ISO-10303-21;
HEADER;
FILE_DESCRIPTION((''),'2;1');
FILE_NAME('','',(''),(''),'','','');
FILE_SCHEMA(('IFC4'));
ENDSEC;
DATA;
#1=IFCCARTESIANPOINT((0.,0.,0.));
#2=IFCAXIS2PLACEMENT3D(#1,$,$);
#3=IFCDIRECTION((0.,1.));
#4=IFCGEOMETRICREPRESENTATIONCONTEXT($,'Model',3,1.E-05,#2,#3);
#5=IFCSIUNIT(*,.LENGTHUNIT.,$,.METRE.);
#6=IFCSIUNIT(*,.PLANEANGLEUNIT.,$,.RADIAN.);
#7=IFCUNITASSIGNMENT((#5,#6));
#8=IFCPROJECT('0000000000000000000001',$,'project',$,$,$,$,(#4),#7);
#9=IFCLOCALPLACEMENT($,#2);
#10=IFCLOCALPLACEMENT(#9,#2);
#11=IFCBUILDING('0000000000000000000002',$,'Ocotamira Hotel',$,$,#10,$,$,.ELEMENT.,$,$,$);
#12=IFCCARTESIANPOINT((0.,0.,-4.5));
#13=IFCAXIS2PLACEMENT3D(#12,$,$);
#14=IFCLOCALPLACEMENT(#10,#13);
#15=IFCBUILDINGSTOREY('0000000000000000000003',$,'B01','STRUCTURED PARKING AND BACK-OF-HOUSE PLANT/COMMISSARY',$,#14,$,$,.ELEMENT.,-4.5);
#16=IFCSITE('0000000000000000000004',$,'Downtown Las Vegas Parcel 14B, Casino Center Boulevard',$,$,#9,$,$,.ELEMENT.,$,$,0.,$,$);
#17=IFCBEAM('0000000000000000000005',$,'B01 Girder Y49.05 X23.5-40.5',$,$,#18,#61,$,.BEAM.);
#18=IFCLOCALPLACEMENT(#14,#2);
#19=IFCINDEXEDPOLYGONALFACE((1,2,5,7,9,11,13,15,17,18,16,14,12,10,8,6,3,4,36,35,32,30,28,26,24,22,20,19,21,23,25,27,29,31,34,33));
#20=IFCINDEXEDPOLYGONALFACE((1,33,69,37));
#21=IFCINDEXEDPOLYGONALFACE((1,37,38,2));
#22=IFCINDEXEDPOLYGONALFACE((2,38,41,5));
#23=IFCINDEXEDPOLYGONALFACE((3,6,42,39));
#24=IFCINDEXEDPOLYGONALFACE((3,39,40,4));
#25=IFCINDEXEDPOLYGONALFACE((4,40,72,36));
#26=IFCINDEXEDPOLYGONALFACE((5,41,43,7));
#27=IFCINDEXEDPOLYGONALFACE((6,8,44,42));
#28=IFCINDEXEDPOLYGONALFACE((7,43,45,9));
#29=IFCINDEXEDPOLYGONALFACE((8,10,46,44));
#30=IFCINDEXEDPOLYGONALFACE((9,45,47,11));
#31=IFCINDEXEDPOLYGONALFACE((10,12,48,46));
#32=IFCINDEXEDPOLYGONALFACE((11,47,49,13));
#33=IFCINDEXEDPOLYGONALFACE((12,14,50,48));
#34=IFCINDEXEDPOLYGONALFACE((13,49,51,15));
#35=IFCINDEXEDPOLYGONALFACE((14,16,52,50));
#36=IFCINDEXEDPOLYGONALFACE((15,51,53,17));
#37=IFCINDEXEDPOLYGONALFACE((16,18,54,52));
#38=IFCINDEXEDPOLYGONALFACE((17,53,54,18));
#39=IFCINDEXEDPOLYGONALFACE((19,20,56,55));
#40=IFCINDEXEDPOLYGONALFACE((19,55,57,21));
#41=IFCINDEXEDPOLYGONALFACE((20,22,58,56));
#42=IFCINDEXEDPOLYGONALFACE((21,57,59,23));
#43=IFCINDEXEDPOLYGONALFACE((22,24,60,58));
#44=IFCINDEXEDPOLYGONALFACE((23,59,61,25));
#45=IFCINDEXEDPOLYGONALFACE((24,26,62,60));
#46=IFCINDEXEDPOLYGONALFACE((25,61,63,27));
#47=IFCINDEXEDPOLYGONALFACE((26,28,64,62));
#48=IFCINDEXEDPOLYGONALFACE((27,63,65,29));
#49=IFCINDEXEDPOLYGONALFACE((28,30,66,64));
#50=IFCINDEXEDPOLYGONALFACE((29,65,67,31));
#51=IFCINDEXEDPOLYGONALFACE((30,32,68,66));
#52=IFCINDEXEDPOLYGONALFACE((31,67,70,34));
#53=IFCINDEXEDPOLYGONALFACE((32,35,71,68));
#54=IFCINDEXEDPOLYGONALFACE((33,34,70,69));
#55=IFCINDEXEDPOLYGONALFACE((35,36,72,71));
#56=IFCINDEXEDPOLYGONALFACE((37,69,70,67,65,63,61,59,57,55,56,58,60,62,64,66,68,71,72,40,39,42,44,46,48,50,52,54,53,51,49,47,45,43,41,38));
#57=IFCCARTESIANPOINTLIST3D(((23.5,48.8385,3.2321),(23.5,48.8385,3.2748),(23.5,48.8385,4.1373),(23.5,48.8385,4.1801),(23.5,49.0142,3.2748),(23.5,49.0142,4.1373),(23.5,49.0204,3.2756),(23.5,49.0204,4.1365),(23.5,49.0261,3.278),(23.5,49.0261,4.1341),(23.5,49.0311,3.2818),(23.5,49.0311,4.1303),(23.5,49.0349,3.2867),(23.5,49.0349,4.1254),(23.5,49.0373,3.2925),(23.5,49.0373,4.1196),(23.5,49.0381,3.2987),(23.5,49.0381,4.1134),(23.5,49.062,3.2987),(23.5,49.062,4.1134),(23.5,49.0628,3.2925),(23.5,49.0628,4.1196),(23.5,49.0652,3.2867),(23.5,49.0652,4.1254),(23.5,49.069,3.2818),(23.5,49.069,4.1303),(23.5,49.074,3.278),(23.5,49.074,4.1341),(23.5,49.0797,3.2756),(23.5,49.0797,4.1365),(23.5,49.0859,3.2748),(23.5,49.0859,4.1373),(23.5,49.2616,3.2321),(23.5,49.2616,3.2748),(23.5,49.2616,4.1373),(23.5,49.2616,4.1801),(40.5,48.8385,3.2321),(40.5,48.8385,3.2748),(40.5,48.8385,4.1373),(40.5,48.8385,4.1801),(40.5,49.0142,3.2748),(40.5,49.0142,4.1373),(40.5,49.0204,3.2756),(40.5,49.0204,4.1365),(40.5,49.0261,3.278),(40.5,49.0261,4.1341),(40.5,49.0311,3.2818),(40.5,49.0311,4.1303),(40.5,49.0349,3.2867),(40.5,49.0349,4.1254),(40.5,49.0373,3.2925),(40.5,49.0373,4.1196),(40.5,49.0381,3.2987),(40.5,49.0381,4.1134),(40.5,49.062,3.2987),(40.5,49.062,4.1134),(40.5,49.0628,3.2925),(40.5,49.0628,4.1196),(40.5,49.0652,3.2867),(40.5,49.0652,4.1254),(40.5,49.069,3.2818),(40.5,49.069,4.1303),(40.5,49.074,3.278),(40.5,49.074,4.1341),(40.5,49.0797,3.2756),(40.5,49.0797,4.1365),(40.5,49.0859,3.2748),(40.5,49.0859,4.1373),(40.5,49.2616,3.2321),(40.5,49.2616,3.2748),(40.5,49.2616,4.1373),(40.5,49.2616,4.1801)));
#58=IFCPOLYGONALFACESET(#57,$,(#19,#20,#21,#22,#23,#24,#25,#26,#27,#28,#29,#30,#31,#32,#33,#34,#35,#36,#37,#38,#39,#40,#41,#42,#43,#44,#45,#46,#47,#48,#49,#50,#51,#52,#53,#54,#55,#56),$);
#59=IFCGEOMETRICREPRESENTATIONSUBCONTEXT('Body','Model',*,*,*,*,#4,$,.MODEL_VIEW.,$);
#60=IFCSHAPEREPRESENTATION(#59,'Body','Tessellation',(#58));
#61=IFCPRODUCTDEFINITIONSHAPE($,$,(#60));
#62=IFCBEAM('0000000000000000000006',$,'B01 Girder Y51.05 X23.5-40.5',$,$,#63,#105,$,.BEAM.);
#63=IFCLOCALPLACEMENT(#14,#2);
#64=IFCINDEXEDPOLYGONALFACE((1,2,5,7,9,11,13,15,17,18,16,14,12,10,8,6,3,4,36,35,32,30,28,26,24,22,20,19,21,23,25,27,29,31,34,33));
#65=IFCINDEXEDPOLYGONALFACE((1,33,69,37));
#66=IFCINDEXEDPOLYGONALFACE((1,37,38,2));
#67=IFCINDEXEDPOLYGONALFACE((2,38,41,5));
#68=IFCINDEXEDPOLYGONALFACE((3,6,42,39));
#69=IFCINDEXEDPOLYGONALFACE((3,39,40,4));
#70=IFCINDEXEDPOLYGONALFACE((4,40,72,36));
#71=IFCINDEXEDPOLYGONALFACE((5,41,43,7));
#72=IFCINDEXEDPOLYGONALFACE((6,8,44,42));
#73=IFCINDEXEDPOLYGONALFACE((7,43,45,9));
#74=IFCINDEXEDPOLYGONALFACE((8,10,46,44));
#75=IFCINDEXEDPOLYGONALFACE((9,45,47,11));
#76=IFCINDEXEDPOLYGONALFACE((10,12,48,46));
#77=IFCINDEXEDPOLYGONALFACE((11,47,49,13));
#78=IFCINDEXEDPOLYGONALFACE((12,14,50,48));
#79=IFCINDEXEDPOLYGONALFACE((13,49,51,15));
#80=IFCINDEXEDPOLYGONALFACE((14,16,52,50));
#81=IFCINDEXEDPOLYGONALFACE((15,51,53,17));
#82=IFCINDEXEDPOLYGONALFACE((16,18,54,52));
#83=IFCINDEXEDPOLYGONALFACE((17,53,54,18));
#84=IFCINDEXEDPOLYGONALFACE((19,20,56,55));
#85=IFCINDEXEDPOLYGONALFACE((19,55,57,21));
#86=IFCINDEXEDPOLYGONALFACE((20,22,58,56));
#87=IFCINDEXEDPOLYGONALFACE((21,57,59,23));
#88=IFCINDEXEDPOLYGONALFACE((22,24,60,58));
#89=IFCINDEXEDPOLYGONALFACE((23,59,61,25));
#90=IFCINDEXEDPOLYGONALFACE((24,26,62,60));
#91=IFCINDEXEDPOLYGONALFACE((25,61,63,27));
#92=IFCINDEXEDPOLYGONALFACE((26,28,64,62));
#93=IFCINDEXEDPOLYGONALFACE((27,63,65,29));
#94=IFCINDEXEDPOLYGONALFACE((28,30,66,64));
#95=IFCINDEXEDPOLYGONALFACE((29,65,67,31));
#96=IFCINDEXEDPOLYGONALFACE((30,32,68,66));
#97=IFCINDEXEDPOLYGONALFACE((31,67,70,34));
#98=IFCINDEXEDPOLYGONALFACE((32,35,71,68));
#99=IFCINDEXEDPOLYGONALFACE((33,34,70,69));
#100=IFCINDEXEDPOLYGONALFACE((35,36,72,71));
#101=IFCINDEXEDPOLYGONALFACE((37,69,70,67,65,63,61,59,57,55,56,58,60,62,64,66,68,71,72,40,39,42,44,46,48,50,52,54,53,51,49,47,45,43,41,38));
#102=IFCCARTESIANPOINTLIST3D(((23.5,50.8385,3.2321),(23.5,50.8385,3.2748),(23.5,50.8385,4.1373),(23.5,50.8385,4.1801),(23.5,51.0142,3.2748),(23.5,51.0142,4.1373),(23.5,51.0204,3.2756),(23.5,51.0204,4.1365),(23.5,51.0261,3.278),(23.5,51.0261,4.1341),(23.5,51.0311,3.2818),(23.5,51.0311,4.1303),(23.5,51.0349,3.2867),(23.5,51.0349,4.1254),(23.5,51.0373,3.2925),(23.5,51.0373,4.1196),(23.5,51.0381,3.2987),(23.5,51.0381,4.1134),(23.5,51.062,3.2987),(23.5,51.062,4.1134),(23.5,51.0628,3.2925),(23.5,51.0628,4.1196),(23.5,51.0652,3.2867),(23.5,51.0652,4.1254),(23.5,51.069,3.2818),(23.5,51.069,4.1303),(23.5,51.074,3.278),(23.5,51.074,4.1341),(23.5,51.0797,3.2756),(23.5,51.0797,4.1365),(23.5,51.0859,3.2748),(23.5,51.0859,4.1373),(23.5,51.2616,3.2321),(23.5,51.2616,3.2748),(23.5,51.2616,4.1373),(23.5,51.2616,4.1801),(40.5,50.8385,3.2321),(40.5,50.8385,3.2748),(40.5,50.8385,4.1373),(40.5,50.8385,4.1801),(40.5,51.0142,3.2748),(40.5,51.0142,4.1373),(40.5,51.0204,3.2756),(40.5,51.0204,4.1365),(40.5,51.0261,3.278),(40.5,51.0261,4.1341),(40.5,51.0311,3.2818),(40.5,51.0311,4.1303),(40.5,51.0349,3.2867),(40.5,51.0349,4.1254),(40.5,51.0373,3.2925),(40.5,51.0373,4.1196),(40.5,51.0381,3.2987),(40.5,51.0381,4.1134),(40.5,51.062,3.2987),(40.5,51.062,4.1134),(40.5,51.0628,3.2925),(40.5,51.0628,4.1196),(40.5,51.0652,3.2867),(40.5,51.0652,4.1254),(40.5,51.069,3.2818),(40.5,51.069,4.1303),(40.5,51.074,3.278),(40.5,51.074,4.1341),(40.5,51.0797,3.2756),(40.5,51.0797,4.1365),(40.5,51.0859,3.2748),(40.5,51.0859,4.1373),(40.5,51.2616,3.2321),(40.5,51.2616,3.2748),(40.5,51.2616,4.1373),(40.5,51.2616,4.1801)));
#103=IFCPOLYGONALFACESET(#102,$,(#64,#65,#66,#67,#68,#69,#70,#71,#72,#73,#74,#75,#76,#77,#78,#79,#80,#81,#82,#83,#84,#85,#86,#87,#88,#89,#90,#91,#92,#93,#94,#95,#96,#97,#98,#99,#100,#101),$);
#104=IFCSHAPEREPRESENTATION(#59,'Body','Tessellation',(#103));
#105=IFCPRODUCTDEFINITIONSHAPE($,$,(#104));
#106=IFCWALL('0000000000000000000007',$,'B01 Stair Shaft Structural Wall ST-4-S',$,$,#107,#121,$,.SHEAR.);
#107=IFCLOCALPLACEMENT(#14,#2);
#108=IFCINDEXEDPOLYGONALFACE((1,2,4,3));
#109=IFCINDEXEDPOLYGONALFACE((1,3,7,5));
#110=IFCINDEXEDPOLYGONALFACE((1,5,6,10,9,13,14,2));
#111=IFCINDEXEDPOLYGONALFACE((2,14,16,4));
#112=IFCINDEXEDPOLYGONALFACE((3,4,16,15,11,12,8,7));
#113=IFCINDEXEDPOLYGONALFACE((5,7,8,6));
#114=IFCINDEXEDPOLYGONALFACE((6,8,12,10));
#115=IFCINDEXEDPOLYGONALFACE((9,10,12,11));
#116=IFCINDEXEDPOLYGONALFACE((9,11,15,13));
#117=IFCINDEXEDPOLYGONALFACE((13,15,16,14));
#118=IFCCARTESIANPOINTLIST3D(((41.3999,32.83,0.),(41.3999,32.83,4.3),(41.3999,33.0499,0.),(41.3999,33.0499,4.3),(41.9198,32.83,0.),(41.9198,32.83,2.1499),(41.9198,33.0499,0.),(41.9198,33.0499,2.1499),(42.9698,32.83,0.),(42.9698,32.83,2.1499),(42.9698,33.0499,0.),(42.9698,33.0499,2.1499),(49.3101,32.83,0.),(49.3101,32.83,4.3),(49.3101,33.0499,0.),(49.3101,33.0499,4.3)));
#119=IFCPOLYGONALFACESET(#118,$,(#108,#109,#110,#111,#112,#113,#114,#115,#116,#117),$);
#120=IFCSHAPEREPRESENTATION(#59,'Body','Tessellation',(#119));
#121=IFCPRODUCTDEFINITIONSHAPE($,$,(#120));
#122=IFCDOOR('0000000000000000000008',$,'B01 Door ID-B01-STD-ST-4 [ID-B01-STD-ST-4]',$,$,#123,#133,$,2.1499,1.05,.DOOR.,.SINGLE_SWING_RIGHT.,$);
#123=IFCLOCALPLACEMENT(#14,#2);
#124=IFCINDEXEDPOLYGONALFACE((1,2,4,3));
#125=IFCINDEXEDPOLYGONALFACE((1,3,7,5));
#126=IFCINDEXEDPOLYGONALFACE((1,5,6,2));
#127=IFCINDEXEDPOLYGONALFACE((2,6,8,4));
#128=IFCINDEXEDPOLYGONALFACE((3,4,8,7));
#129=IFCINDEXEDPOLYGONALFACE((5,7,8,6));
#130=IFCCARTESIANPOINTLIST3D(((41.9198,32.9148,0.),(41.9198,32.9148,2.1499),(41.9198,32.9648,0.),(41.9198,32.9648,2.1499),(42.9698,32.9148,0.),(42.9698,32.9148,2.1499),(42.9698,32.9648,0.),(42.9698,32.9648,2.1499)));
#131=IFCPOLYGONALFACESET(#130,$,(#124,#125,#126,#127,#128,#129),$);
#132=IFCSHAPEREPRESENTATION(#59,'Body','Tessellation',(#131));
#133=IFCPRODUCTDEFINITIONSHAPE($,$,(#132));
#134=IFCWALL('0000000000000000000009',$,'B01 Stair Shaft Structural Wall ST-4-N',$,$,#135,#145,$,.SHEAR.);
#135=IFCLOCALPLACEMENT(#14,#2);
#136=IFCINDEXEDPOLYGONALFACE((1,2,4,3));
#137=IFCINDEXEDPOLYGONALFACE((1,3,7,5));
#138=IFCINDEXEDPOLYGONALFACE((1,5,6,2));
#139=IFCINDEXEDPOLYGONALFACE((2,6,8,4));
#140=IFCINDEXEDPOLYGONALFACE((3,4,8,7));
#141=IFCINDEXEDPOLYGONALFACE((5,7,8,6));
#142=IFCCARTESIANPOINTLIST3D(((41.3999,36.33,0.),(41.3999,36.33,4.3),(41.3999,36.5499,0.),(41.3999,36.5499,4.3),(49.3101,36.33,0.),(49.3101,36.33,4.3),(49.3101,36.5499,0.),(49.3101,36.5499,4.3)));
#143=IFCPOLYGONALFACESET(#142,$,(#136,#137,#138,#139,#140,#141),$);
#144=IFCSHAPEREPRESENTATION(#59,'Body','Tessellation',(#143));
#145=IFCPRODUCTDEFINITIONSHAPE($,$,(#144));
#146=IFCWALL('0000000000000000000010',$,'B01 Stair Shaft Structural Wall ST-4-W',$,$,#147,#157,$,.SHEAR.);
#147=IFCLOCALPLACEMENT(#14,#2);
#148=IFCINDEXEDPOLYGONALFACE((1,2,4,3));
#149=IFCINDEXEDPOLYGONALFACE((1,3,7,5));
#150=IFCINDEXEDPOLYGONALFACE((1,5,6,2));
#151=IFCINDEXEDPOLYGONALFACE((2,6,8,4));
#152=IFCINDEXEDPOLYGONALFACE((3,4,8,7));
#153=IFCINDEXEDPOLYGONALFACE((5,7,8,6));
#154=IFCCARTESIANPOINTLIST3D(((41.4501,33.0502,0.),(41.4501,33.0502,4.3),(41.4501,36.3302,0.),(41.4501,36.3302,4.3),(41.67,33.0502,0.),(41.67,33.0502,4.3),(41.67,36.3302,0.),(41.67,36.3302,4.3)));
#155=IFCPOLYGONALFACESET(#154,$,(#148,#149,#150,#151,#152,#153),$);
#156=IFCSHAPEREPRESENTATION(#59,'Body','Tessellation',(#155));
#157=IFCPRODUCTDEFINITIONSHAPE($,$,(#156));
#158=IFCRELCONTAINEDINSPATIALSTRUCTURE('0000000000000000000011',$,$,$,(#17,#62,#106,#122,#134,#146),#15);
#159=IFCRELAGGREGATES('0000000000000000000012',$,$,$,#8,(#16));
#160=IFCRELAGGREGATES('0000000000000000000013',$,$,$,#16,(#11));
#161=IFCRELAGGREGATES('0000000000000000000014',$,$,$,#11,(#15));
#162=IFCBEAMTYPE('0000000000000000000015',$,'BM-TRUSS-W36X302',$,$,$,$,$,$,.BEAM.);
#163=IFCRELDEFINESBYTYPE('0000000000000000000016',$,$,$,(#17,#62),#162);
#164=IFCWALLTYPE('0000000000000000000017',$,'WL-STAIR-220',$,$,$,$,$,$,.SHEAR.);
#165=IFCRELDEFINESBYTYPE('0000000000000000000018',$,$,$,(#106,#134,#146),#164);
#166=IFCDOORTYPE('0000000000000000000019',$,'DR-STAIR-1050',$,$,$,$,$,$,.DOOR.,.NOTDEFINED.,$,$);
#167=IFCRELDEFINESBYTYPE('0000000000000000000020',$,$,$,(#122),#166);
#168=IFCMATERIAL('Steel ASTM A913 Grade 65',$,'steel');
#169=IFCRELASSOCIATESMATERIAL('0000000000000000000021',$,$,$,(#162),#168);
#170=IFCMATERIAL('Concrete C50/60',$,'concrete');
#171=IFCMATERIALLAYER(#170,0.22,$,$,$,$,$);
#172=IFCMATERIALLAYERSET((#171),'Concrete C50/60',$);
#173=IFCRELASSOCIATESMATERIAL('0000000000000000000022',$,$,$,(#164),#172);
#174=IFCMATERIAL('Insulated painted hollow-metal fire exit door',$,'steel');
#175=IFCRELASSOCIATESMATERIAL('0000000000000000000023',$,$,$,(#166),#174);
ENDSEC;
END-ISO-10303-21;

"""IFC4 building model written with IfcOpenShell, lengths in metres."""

from ifc_helpers import new_model, si_unit, direction, frame, frame_2d, origin, origin_2d, place, context, subcontext, project, spatial, rectangle, i_section, extrude, source, transform, mapped, material, layer, layer_set, material_profile, profile_set, type_object, element, fill, save


model = new_model("IFC4")

# Units and contexts
model_context = context("Model", 3, precision=1e-05, world=origin(), true_north=direction((0.0, 1.0)))
body_context = subcontext(model_context, "Body", "Model", "MODEL_VIEW")
ifc_project = project(units=[si_unit("LENGTHUNIT", "METRE"), si_unit("PLANEANGLEUNIT", "RADIAN")], contexts=[model_context])

# Site, building, storey
site_placement = place(None, origin())
site = spatial("IfcSite", under=ifc_project, at=site_placement, Name="Downtown Las Vegas Parcel 14B, Casino Center Boulevard", CompositionType="ELEMENT", RefElevation=0.0)
building_placement = place(site_placement, origin())
building = spatial("IfcBuilding", under=site, at=building_placement, Name="Ocotamira Hotel", CompositionType="ELEMENT")
storey_placement = place(building_placement, frame((0.0, 0.0, -4.5)))
storey = spatial("IfcBuildingStorey", under=building, at=storey_placement, Name="B01", Description="STRUCTURED PARKING AND BACK-OF-HOUSE PLANT/COMMISSARY", CompositionType="ELEMENT", Elevation=-4.5)

# Shared definitions
ifc_material_1 = material(Name="Concrete C50/60", Category="concrete")

# Beams
ifc_material_2 = material(Name="Steel ASTM A913 Grade 65", Category="steel")
ifc_material_profile_1 = material_profile(ifc_material_2, i_section(OverallWidth=0.4231, OverallDepth=0.948, WebThickness=0.0239, FlangeThickness=0.0427, FilletRadius=0.0239, at=origin_2d()), Name="W36X302")
ifc_profile_set_1 = profile_set([ifc_material_profile_1], Name="Steel ASTM A913 Grade 65")
beam_type_1 = type_object("IfcBeamType", Name="BM-TRUSS-W36X302", PredefinedType="BEAM", material=ifc_profile_set_1)
shared_shape_1 = source(origin(), body_context, "Body", "SweptSolid", [
    extrude(i_section(OverallWidth=0.4231, OverallDepth=0.948, WebThickness=0.0239, FlangeThickness=0.0427, FilletRadius=0.0239, at=origin_2d()), origin(), (0.0, 0.0, 1.0), 17.0),
])
for number, where, z_axis, x_axis, name in (
    (1, (23.5, 49.05, 3.7061), (1.0, 0.0, 0.0), (0.0, 1.0, 0.0), "B01 Girder Y49.05 X23.5-40.5"),
    (2, (23.5, 51.05, 3.7061), (1.0, 0.0, 0.0), (0.0, 1.0, 0.0), "B01 Girder Y51.05 X23.5-40.5"),
):
    element("IfcBeam", number, at=place(storey_placement, frame(where, z_axis=z_axis, x_axis=x_axis)), inside=storey, type_object=beam_type_1, Name=name, PredefinedType="BEAM", context=body_context, shape_type="MappedRepresentation", body=[
        mapped(shared_shape_1, transform((0.0, 0.0, 0.0), scale=1.0)),
    ])

# Wall, opening, door
ifc_layer_1 = layer(ifc_material_1, 0.22)
ifc_layer_set_1 = layer_set([ifc_layer_1], Name="Concrete C50/60")
wall_type_1 = type_object("IfcWallType", Name="WL-STAIR-220", PredefinedType="SHEAR", material=ifc_layer_set_1)
wall_1_placement = place(storey_placement, frame((41.3999, 32.9399, 0.0), z_axis=(0.0, 0.0, 1.0), x_axis=(1.0, 0.0, 0.0)))
wall_1 = element("IfcWall", 3, at=wall_1_placement, inside=storey, type_object=wall_type_1, Name="B01 Stair Shaft Structural Wall ST-4-S", PredefinedType="SHEAR", context=body_context, shape_type="SweptSolid", body=[
    extrude(rectangle(XDim=7.9102, YDim=0.22, at=frame_2d((3.9551, 0.0))), origin(), (0.0, 0.0, 1.0), 4.3),
])
opening_1_placement = place(wall_1_placement, frame((0.52, 0.0, 0.0)))
opening_1 = element("IfcOpeningElement", 4, at=opening_1_placement, cuts=wall_1, PredefinedType="OPENING", context=body_context, shape_type="SweptSolid", body=[
    extrude(rectangle(XDim=1.05, YDim=2.1499, at=frame_2d((0.5249, 1.075))), frame((0.0, 0.1201, 0.0), z_axis=(0.0, -1.0, 0.0), x_axis=(1.0, 0.0, 0.0)), (0.0, 0.0, 1.0), 0.24),
])
ifc_material_3 = material(Name="Insulated painted hollow-metal fire exit door", Category="steel")
door_type_1 = type_object("IfcDoorType", Name="DR-STAIR-1050", OperationType="NOTDEFINED", PredefinedType="DOOR", material=ifc_material_3)
shared_shape_2 = source(origin(), body_context, "Body", "SweptSolid", [
    extrude(rectangle(XDim=1.05, YDim=2.1499, at=frame_2d((0.5249, 1.075))), frame((0.0, 0.0249, 0.0), z_axis=(0.0, -1.0, 0.0), x_axis=(1.0, 0.0, 0.0)), (0.0, 0.0, 1.0), 0.05),
])
door_1_placement = place(opening_1_placement, origin())
door_1 = element("IfcDoor", 5, at=door_1_placement, inside=storey, type_object=door_type_1, Name="B01 Door ID-B01-STD-ST-4 [ID-B01-STD-ST-4]", OperationType="SINGLE_SWING_RIGHT", OverallHeight=2.1499, OverallWidth=1.05, PredefinedType="DOOR", context=body_context, shape_type="MappedRepresentation", body=[
    mapped(shared_shape_2, transform((0.0, 0.0, 0.0), scale=1.0)),
])
fill(opening_1, door_1)

# Walls
wall_2_placement = place(storey_placement, frame((41.3999, 36.4399, 0.0), z_axis=(0.0, 0.0, 1.0), x_axis=(1.0, 0.0, 0.0)))
element("IfcWall", 6, at=wall_2_placement, inside=storey, type_object=wall_type_1, Name="B01 Stair Shaft Structural Wall ST-4-N", PredefinedType="SHEAR", context=body_context, shape_type="SweptSolid", body=[
    extrude(rectangle(XDim=7.9102, YDim=0.22, at=frame_2d((3.9551, 0.0))), origin(), (0.0, 0.0, 1.0), 4.3),
])
wall_3_placement = place(storey_placement, frame((41.5601, 33.05, 0.0), z_axis=(0.0, 0.0, 1.0), x_axis=(0.0, 1.0, 0.0)))
element("IfcWall", 7, at=wall_3_placement, inside=storey, type_object=wall_type_1, Name="B01 Stair Shaft Structural Wall ST-4-W", PredefinedType="SHEAR", context=body_context, shape_type="SweptSolid", body=[
    extrude(rectangle(XDim=3.28, YDim=0.22, at=frame_2d((1.6401, 0.0))), origin(), (0.0, 0.0, 1.0), 4.3),
])

save(model, "model.ifc")
